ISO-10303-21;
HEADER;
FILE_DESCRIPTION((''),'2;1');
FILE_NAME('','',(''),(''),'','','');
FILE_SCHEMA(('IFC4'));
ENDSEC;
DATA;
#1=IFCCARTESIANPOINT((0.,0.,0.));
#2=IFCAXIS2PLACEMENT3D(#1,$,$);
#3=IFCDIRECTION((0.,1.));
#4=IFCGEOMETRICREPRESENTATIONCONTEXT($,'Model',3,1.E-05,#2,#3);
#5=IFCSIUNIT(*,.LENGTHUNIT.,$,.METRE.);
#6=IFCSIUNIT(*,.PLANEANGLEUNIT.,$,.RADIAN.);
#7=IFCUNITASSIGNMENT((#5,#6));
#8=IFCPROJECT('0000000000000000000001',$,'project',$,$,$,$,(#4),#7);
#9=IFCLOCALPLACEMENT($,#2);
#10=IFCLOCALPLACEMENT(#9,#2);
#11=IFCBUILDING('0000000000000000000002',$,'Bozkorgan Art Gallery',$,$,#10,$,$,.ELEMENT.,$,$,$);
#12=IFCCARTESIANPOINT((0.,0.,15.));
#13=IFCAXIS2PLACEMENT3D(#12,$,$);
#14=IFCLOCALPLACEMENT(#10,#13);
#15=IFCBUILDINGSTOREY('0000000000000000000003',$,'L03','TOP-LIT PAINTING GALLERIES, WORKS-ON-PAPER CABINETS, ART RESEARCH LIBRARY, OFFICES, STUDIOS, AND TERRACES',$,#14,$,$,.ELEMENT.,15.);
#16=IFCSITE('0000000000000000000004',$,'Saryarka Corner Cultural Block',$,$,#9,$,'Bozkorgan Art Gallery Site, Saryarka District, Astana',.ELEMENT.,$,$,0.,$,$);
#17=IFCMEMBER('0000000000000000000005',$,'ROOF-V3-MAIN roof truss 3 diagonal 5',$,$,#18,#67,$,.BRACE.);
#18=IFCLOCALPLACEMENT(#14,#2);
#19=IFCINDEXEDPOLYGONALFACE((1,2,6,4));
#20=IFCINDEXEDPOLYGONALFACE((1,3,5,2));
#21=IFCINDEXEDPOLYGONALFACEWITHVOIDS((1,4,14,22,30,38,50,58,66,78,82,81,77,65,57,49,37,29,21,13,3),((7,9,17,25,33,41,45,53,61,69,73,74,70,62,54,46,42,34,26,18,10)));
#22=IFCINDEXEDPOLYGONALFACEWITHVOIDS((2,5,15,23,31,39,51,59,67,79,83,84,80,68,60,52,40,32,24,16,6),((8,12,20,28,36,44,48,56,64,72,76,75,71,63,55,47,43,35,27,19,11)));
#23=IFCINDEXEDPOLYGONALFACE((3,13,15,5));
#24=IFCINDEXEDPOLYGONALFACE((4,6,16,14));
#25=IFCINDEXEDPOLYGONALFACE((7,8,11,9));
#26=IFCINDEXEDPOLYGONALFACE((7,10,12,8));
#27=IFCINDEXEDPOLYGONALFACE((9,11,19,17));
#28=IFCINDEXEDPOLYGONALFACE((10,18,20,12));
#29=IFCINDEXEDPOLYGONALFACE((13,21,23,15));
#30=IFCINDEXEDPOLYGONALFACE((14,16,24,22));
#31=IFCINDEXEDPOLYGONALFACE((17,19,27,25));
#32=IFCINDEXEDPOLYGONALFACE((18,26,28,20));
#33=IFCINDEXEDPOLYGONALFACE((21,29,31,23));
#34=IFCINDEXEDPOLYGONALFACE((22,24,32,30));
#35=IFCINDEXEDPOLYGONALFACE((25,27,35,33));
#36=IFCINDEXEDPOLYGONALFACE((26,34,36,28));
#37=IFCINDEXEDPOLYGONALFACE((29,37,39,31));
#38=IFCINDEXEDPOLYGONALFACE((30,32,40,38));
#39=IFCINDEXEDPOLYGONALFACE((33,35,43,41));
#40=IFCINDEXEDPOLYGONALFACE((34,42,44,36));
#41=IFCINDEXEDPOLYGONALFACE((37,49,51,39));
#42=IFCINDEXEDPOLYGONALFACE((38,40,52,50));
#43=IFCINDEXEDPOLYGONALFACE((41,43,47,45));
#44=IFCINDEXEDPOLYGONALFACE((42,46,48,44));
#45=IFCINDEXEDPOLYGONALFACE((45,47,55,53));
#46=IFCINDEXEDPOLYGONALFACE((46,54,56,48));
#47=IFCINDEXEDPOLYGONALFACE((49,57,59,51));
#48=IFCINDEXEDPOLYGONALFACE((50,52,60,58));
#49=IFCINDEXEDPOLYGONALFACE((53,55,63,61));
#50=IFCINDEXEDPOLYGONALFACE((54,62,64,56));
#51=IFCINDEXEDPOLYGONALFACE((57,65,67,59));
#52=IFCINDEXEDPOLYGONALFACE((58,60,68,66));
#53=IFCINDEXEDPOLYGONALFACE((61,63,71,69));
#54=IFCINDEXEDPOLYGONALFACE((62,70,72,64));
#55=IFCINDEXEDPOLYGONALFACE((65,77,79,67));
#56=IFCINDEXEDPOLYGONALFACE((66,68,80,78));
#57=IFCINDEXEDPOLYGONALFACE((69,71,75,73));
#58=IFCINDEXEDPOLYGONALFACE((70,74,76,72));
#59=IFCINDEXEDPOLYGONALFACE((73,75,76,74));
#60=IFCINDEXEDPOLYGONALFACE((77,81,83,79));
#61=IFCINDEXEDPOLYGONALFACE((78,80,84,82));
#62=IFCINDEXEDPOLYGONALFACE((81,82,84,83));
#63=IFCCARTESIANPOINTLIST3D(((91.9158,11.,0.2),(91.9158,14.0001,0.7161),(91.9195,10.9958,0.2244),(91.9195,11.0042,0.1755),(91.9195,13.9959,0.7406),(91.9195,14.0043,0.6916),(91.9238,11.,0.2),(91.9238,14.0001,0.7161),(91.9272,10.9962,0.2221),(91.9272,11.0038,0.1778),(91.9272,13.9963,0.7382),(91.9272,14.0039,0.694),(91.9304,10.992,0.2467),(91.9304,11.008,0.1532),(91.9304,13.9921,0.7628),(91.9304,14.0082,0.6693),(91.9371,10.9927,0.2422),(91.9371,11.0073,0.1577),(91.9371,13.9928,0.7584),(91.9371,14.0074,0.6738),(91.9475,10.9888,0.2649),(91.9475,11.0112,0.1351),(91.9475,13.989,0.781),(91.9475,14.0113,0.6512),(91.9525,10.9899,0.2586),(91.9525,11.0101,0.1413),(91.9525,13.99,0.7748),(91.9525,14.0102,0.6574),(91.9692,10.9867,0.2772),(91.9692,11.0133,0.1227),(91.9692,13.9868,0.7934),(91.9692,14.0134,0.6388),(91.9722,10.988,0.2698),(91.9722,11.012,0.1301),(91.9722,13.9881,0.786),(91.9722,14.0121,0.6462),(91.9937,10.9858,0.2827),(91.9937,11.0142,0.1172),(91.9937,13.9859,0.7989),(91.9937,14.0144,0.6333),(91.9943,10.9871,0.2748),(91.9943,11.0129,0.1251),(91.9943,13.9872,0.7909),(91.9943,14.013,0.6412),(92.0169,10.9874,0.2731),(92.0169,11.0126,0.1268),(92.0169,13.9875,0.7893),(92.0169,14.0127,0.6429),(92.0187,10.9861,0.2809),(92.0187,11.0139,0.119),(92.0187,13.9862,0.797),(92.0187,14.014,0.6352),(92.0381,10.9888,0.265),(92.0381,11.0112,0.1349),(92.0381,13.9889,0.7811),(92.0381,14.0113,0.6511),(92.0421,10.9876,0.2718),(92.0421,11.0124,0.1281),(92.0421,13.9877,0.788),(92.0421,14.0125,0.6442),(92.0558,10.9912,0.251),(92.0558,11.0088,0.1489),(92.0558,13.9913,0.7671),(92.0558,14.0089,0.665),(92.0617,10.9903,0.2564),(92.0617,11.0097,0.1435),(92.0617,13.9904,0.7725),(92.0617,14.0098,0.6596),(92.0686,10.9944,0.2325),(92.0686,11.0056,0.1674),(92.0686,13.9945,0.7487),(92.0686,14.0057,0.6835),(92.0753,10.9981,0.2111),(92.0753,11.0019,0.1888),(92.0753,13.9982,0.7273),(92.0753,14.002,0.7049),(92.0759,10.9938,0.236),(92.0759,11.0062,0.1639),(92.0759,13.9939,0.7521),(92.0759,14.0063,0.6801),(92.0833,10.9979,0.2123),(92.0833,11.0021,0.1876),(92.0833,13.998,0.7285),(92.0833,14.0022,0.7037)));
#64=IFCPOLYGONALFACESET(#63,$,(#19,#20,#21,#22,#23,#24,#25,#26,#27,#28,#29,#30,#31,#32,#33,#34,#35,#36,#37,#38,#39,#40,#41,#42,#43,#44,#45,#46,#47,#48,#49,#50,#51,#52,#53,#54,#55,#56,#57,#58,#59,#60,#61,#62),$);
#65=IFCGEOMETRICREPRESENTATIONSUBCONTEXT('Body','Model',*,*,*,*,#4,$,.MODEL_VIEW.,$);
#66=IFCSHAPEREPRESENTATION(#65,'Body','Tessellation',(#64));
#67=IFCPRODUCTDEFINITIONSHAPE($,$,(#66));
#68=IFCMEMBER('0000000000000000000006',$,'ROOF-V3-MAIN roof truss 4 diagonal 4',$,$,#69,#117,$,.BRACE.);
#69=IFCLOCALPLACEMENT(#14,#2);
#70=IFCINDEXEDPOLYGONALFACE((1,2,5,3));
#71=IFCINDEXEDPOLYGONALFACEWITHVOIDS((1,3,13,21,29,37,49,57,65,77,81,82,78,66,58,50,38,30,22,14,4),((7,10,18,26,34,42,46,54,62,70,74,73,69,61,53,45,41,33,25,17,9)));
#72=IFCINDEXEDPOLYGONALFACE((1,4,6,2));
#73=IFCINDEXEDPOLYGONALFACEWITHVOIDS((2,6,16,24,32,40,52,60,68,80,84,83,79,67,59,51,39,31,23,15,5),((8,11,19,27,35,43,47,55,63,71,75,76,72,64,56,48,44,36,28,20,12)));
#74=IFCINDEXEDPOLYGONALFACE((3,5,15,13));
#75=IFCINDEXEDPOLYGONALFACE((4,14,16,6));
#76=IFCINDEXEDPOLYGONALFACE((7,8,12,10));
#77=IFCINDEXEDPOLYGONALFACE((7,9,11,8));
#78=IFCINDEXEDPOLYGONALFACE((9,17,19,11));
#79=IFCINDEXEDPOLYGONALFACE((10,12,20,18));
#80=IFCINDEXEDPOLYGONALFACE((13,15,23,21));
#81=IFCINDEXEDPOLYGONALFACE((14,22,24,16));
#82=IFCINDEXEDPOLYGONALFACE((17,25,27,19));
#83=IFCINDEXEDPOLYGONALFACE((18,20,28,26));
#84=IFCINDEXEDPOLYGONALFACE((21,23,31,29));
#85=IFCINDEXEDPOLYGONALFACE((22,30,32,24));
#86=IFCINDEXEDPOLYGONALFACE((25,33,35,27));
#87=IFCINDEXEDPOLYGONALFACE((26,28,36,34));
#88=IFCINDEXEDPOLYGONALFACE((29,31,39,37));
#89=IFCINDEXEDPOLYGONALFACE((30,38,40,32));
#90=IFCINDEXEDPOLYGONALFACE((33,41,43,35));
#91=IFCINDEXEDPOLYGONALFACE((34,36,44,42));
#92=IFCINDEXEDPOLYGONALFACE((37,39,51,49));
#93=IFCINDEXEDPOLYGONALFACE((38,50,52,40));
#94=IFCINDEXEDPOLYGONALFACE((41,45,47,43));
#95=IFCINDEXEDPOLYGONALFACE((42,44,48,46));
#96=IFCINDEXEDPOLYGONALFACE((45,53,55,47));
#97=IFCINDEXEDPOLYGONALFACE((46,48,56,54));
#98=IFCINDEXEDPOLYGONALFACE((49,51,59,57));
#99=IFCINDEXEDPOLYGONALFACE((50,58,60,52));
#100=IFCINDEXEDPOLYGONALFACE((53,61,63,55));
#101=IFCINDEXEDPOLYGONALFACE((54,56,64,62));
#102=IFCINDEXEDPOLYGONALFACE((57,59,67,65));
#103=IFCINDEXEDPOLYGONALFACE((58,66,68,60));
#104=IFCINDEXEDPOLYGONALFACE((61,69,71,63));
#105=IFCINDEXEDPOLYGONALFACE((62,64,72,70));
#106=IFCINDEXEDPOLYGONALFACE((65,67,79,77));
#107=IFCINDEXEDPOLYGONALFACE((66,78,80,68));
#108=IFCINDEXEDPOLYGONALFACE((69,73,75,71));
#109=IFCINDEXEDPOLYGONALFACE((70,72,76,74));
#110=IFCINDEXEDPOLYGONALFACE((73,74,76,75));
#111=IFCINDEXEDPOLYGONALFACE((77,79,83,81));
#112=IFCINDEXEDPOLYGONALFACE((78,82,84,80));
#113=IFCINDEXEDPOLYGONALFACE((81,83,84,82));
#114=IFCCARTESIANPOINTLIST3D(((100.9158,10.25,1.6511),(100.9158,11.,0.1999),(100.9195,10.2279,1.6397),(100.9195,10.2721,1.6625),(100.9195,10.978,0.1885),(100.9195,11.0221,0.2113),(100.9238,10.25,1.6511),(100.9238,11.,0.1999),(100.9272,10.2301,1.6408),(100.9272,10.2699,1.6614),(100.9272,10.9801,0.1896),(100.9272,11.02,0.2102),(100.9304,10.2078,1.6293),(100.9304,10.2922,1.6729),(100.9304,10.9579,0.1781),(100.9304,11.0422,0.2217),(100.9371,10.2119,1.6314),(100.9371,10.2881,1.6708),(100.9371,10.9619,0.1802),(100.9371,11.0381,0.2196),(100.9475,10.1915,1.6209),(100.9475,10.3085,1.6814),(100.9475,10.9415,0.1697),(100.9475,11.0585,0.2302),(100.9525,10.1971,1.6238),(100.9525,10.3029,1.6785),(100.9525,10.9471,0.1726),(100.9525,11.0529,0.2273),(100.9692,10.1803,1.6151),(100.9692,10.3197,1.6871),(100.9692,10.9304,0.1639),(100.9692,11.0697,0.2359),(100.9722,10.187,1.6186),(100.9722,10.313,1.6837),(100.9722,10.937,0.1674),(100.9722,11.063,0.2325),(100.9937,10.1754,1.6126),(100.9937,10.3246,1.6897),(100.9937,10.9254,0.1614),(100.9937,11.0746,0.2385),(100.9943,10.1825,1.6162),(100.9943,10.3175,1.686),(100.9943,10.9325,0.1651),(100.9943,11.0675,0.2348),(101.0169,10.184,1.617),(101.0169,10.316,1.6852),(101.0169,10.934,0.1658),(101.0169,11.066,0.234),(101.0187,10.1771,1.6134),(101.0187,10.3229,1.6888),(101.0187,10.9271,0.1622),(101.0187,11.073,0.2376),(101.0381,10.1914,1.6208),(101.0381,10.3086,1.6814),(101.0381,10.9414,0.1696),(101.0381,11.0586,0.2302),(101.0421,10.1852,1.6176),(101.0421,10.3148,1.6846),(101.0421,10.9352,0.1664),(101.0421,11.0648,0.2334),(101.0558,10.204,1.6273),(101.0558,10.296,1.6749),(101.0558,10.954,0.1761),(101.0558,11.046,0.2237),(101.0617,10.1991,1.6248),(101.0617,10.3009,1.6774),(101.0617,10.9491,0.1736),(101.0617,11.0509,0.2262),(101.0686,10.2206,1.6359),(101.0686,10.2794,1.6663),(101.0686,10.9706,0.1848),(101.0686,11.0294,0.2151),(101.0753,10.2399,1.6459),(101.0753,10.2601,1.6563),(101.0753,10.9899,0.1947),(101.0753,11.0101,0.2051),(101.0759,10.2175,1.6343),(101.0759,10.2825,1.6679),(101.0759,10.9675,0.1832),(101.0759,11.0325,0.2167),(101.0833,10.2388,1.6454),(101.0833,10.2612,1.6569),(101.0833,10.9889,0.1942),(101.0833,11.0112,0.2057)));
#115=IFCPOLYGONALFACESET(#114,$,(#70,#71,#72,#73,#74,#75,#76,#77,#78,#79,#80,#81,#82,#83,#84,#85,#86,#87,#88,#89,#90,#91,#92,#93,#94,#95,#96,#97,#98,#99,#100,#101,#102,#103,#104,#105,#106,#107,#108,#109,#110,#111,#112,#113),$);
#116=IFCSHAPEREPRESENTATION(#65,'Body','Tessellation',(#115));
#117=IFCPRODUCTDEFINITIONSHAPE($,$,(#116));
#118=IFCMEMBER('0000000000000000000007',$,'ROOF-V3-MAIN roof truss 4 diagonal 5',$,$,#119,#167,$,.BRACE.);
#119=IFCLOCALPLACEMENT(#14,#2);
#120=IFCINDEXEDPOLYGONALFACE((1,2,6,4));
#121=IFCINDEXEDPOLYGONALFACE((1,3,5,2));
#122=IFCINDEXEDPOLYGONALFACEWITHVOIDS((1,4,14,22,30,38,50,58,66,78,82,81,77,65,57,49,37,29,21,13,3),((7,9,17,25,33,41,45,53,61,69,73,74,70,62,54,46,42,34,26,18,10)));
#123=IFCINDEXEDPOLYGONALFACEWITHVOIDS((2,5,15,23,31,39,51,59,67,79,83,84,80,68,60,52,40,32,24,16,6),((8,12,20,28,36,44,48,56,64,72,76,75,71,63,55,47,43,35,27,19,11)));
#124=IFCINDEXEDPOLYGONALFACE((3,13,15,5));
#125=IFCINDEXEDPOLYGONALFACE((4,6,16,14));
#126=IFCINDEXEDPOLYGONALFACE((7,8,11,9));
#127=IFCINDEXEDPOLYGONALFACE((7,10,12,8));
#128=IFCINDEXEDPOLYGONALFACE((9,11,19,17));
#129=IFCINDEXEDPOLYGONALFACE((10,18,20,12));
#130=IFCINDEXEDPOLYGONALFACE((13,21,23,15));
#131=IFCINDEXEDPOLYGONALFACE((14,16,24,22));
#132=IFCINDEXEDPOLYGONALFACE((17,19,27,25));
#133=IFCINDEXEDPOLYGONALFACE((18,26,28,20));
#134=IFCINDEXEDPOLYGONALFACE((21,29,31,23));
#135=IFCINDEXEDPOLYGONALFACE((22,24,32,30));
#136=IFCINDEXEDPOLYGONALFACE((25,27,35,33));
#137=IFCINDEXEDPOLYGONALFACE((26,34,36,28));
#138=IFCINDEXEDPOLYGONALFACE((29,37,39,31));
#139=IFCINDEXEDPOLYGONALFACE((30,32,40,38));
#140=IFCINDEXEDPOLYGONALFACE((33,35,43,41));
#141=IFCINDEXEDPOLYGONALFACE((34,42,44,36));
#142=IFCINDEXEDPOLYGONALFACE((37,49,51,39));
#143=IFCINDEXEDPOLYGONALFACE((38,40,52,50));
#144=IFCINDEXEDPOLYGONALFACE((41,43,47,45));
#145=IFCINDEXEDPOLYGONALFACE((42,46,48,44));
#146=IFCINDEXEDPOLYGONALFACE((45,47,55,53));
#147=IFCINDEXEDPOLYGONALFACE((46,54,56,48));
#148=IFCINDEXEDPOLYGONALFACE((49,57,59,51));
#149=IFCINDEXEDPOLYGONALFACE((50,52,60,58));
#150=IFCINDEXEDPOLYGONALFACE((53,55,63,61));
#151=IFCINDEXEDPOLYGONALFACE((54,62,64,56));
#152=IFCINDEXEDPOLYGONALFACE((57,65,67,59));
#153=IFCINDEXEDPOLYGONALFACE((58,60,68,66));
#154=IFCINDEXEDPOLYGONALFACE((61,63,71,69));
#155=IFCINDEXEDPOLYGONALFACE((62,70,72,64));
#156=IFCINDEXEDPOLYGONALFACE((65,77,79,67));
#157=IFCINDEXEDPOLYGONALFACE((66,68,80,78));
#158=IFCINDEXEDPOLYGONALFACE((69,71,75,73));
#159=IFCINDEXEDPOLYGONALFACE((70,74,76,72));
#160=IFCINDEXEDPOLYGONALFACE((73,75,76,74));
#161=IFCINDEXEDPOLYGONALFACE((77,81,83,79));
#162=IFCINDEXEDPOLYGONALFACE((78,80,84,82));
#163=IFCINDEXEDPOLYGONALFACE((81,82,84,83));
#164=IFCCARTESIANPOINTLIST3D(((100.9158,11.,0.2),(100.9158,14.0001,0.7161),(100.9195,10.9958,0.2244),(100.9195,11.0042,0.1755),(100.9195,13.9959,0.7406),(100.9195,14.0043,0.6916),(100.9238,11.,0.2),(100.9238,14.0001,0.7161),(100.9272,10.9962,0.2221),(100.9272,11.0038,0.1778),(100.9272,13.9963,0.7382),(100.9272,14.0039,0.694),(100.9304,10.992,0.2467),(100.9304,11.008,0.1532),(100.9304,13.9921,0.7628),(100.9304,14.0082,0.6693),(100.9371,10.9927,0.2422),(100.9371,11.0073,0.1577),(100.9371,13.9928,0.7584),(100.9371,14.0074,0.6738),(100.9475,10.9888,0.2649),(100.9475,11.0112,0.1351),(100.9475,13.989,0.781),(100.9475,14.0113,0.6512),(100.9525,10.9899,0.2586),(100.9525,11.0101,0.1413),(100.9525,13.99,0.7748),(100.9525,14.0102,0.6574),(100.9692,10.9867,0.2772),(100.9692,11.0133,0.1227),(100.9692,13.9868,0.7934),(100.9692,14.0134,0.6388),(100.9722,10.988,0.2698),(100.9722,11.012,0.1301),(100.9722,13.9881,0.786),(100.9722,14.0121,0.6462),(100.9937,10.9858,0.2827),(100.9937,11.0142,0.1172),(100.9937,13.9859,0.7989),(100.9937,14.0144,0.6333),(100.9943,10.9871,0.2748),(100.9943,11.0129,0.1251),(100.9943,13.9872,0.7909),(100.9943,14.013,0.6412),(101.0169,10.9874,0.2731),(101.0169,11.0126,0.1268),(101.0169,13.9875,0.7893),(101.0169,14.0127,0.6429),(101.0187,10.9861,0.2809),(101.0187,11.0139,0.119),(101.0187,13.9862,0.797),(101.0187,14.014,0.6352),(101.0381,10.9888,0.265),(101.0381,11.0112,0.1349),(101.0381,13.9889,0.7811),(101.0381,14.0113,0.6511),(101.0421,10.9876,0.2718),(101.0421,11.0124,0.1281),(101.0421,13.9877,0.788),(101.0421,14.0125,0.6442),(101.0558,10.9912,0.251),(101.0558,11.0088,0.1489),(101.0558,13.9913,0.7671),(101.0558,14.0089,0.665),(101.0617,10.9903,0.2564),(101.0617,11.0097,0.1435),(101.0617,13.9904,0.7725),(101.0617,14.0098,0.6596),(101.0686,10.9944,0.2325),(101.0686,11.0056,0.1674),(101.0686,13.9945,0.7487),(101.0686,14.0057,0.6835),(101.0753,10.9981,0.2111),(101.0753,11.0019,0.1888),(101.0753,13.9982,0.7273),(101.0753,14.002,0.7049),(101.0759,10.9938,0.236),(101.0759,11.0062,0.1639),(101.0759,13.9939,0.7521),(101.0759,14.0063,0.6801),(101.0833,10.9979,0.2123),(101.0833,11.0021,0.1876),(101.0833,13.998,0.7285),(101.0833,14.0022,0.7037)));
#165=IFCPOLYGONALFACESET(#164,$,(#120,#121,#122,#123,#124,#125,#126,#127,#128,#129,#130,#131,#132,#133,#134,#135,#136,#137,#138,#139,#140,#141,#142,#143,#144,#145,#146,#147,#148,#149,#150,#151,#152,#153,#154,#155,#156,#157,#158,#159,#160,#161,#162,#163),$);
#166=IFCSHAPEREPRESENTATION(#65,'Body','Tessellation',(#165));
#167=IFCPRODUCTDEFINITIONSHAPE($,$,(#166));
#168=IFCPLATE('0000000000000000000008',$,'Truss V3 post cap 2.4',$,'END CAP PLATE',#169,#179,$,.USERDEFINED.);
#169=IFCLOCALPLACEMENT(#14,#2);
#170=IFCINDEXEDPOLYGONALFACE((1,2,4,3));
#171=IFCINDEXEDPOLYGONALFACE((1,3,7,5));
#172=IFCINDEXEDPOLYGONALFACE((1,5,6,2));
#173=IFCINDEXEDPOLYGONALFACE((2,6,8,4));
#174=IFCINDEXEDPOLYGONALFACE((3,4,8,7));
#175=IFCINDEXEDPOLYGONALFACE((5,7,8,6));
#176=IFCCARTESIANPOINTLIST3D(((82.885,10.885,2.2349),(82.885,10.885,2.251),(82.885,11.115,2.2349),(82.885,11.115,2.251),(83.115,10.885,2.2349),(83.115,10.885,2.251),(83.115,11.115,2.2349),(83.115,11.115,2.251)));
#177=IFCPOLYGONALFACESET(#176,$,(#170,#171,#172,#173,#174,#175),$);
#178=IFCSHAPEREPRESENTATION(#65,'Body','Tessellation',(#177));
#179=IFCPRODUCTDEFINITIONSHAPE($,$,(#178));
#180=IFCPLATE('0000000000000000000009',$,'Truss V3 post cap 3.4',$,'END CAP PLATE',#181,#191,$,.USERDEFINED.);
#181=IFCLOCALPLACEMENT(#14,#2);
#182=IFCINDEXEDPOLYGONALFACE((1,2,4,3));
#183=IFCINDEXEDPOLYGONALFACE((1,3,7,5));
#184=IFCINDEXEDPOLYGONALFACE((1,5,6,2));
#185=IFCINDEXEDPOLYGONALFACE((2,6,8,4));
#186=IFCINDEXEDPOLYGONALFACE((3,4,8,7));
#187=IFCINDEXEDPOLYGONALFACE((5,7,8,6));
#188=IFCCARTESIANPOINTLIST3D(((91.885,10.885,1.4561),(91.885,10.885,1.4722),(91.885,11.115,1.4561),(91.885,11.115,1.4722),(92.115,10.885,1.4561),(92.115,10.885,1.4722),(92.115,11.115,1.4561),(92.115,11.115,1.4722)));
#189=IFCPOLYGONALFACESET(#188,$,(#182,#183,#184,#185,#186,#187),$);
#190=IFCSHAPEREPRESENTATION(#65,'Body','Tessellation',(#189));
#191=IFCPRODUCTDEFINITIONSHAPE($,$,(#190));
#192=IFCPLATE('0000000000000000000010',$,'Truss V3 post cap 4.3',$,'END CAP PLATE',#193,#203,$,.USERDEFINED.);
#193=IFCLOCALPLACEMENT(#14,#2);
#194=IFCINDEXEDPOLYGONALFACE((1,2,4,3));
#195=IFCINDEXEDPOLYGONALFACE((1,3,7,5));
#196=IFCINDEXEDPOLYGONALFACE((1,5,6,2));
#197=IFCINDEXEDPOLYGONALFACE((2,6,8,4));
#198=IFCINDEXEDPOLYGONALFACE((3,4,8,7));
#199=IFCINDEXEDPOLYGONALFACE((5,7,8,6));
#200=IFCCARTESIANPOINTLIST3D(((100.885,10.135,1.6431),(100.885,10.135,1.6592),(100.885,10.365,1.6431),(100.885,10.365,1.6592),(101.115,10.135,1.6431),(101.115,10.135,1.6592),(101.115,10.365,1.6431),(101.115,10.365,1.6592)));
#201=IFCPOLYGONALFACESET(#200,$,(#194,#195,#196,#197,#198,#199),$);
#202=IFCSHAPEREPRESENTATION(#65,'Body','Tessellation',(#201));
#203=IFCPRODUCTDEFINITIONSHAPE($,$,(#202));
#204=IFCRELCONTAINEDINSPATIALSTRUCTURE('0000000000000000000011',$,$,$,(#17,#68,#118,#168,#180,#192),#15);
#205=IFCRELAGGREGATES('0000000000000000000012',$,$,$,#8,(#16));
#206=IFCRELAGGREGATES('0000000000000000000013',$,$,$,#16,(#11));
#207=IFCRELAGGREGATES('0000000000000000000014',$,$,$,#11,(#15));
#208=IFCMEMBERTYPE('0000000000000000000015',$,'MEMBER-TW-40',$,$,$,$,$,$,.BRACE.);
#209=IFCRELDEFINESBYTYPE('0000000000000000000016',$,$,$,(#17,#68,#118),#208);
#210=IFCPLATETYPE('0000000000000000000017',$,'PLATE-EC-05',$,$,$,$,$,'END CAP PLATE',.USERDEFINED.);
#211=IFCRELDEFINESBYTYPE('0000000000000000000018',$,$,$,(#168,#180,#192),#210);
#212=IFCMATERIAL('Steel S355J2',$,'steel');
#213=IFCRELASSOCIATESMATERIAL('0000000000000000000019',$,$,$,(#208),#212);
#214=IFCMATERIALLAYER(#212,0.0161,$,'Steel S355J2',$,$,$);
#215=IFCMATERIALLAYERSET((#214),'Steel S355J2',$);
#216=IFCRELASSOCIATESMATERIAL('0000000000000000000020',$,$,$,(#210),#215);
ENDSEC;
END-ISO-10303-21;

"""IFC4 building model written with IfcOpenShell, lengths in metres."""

from ifc_helpers import new_model, si_unit, direction, frame, origin, origin_2d, place, context, subcontext, project, spatial, rectangle, hollow_circle, extrude, material, layer, layer_set, material_profile, profile_set, type_object, element, save


model = new_model("IFC4")

# Units and contexts
model_context = context("Model", 3, precision=1e-05, world=origin(), true_north=direction((0.0, 1.0)))
body_context = subcontext(model_context, "Body", "Model", "MODEL_VIEW")
ifc_project = project(units=[si_unit("LENGTHUNIT", "METRE"), si_unit("PLANEANGLEUNIT", "RADIAN")], contexts=[model_context])

# Site, building, storey
site_placement = place(None, origin())
site = spatial("IfcSite", under=ifc_project, at=site_placement, Name="Saryarka Corner Cultural Block", LongName="Bozkorgan Art Gallery Site, Saryarka District, Astana", CompositionType="ELEMENT", RefElevation=0.0)
building_placement = place(site_placement, origin())
building = spatial("IfcBuilding", under=site, at=building_placement, Name="Bozkorgan Art Gallery", CompositionType="ELEMENT")
storey_placement = place(building_placement, frame((0.0, 0.0, 15.0)))
storey = spatial("IfcBuildingStorey", under=building, at=storey_placement, Name="L03", Description="TOP-LIT PAINTING GALLERIES, WORKS-ON-PAPER CABINETS, ART RESEARCH LIBRARY, OFFICES, STUDIOS, AND TERRACES", CompositionType="ELEMENT", Elevation=15.0)

# Shared definitions
ifc_material = material(Name="Steel S355J2", Category="steel")

# Members
ifc_material_profile_1 = material_profile(ifc_material, hollow_circle(Radius=0.0842, WallThickness=0.0081, at=origin_2d()), Name="CHS 168.3x8")
ifc_profile_set_1 = profile_set([ifc_material_profile_1], Name="Steel S355J2")
member_type_1 = type_object("IfcMemberType", Name="MEMBER-TW-40", PredefinedType="BRACE", material=ifc_profile_set_1)
member_1_placement = place(storey_placement, frame((92.0, 11.0, 0.2), z_axis=(0.0, 0.985522, 0.169547), x_axis=(-1.0, 0.0, 0.0)))
element("IfcMember", 1, at=member_1_placement, inside=storey, type_object=member_type_1, Name="ROOF-V3-MAIN roof truss 3 diagonal 5", PredefinedType="BRACE", context=body_context, shape_type="SweptSolid", body=[
    extrude(hollow_circle(Radius=0.0842, WallThickness=0.0081, at=origin_2d()), origin(), (0.0, 0.0, 1.0), 3.0442),
])
member_2_placement = place(storey_placement, frame((101.0, 10.25, 1.6511), z_axis=(0.0, 0.45913, -0.888369), x_axis=(-1.0, 0.0, 0.0)))
element("IfcMember", 2, at=member_2_placement, inside=storey, type_object=member_type_1, Name="ROOF-V3-MAIN roof truss 4 diagonal 4", PredefinedType="BRACE", context=body_context, shape_type="SweptSolid", body=[
    extrude(hollow_circle(Radius=0.0842, WallThickness=0.0081, at=origin_2d()), origin(), (0.0, 0.0, 1.0), 1.6335),
])
member_3_placement = place(storey_placement, frame((101.0, 11.0, 0.2), z_axis=(0.0, 0.985522, 0.169547), x_axis=(-1.0, 0.0, 0.0)))
element("IfcMember", 3, at=member_3_placement, inside=storey, type_object=member_type_1, Name="ROOF-V3-MAIN roof truss 4 diagonal 5", PredefinedType="BRACE", context=body_context, shape_type="SweptSolid", body=[
    extrude(hollow_circle(Radius=0.0842, WallThickness=0.0081, at=origin_2d()), origin(), (0.0, 0.0, 1.0), 3.0442),
])

# Plates
ifc_layer_1 = layer(ifc_material, 0.0161, Name="Steel S355J2")
ifc_layer_set_1 = layer_set([ifc_layer_1], Name="Steel S355J2")
plate_type_1 = type_object("IfcPlateType", Name="PLATE-EC-05", ElementType="END CAP PLATE", PredefinedType="USERDEFINED", material=ifc_layer_set_1)
for number, where, z_axis, x_axis, name in (
    (4, (83.0, 11.0, 2.2349), (0.0, 0.0, 1.0), (1.0, 0.0, 0.0), "Truss V3 post cap 2.4"),
    (5, (92.0, 11.0, 1.4561), (0.0, 0.0, 1.0), (1.0, 0.0, 0.0), "Truss V3 post cap 3.4"),
    (6, (101.0, 10.25, 1.6431), (0.0, 0.0, 1.0), (1.0, 0.0, 0.0), "Truss V3 post cap 4.3"),
):
    element("IfcPlate", number, at=place(storey_placement, frame(where, z_axis=z_axis, x_axis=x_axis)), inside=storey, type_object=plate_type_1, Name=name, ObjectType="END CAP PLATE", PredefinedType="USERDEFINED", context=body_context, shape_type="SweptSolid", body=[
        extrude(rectangle(XDim=0.23, YDim=0.23, at=origin_2d()), origin(), (0.0, 0.0, 1.0), 0.0161),
    ])

save(model, "model.ifc")
